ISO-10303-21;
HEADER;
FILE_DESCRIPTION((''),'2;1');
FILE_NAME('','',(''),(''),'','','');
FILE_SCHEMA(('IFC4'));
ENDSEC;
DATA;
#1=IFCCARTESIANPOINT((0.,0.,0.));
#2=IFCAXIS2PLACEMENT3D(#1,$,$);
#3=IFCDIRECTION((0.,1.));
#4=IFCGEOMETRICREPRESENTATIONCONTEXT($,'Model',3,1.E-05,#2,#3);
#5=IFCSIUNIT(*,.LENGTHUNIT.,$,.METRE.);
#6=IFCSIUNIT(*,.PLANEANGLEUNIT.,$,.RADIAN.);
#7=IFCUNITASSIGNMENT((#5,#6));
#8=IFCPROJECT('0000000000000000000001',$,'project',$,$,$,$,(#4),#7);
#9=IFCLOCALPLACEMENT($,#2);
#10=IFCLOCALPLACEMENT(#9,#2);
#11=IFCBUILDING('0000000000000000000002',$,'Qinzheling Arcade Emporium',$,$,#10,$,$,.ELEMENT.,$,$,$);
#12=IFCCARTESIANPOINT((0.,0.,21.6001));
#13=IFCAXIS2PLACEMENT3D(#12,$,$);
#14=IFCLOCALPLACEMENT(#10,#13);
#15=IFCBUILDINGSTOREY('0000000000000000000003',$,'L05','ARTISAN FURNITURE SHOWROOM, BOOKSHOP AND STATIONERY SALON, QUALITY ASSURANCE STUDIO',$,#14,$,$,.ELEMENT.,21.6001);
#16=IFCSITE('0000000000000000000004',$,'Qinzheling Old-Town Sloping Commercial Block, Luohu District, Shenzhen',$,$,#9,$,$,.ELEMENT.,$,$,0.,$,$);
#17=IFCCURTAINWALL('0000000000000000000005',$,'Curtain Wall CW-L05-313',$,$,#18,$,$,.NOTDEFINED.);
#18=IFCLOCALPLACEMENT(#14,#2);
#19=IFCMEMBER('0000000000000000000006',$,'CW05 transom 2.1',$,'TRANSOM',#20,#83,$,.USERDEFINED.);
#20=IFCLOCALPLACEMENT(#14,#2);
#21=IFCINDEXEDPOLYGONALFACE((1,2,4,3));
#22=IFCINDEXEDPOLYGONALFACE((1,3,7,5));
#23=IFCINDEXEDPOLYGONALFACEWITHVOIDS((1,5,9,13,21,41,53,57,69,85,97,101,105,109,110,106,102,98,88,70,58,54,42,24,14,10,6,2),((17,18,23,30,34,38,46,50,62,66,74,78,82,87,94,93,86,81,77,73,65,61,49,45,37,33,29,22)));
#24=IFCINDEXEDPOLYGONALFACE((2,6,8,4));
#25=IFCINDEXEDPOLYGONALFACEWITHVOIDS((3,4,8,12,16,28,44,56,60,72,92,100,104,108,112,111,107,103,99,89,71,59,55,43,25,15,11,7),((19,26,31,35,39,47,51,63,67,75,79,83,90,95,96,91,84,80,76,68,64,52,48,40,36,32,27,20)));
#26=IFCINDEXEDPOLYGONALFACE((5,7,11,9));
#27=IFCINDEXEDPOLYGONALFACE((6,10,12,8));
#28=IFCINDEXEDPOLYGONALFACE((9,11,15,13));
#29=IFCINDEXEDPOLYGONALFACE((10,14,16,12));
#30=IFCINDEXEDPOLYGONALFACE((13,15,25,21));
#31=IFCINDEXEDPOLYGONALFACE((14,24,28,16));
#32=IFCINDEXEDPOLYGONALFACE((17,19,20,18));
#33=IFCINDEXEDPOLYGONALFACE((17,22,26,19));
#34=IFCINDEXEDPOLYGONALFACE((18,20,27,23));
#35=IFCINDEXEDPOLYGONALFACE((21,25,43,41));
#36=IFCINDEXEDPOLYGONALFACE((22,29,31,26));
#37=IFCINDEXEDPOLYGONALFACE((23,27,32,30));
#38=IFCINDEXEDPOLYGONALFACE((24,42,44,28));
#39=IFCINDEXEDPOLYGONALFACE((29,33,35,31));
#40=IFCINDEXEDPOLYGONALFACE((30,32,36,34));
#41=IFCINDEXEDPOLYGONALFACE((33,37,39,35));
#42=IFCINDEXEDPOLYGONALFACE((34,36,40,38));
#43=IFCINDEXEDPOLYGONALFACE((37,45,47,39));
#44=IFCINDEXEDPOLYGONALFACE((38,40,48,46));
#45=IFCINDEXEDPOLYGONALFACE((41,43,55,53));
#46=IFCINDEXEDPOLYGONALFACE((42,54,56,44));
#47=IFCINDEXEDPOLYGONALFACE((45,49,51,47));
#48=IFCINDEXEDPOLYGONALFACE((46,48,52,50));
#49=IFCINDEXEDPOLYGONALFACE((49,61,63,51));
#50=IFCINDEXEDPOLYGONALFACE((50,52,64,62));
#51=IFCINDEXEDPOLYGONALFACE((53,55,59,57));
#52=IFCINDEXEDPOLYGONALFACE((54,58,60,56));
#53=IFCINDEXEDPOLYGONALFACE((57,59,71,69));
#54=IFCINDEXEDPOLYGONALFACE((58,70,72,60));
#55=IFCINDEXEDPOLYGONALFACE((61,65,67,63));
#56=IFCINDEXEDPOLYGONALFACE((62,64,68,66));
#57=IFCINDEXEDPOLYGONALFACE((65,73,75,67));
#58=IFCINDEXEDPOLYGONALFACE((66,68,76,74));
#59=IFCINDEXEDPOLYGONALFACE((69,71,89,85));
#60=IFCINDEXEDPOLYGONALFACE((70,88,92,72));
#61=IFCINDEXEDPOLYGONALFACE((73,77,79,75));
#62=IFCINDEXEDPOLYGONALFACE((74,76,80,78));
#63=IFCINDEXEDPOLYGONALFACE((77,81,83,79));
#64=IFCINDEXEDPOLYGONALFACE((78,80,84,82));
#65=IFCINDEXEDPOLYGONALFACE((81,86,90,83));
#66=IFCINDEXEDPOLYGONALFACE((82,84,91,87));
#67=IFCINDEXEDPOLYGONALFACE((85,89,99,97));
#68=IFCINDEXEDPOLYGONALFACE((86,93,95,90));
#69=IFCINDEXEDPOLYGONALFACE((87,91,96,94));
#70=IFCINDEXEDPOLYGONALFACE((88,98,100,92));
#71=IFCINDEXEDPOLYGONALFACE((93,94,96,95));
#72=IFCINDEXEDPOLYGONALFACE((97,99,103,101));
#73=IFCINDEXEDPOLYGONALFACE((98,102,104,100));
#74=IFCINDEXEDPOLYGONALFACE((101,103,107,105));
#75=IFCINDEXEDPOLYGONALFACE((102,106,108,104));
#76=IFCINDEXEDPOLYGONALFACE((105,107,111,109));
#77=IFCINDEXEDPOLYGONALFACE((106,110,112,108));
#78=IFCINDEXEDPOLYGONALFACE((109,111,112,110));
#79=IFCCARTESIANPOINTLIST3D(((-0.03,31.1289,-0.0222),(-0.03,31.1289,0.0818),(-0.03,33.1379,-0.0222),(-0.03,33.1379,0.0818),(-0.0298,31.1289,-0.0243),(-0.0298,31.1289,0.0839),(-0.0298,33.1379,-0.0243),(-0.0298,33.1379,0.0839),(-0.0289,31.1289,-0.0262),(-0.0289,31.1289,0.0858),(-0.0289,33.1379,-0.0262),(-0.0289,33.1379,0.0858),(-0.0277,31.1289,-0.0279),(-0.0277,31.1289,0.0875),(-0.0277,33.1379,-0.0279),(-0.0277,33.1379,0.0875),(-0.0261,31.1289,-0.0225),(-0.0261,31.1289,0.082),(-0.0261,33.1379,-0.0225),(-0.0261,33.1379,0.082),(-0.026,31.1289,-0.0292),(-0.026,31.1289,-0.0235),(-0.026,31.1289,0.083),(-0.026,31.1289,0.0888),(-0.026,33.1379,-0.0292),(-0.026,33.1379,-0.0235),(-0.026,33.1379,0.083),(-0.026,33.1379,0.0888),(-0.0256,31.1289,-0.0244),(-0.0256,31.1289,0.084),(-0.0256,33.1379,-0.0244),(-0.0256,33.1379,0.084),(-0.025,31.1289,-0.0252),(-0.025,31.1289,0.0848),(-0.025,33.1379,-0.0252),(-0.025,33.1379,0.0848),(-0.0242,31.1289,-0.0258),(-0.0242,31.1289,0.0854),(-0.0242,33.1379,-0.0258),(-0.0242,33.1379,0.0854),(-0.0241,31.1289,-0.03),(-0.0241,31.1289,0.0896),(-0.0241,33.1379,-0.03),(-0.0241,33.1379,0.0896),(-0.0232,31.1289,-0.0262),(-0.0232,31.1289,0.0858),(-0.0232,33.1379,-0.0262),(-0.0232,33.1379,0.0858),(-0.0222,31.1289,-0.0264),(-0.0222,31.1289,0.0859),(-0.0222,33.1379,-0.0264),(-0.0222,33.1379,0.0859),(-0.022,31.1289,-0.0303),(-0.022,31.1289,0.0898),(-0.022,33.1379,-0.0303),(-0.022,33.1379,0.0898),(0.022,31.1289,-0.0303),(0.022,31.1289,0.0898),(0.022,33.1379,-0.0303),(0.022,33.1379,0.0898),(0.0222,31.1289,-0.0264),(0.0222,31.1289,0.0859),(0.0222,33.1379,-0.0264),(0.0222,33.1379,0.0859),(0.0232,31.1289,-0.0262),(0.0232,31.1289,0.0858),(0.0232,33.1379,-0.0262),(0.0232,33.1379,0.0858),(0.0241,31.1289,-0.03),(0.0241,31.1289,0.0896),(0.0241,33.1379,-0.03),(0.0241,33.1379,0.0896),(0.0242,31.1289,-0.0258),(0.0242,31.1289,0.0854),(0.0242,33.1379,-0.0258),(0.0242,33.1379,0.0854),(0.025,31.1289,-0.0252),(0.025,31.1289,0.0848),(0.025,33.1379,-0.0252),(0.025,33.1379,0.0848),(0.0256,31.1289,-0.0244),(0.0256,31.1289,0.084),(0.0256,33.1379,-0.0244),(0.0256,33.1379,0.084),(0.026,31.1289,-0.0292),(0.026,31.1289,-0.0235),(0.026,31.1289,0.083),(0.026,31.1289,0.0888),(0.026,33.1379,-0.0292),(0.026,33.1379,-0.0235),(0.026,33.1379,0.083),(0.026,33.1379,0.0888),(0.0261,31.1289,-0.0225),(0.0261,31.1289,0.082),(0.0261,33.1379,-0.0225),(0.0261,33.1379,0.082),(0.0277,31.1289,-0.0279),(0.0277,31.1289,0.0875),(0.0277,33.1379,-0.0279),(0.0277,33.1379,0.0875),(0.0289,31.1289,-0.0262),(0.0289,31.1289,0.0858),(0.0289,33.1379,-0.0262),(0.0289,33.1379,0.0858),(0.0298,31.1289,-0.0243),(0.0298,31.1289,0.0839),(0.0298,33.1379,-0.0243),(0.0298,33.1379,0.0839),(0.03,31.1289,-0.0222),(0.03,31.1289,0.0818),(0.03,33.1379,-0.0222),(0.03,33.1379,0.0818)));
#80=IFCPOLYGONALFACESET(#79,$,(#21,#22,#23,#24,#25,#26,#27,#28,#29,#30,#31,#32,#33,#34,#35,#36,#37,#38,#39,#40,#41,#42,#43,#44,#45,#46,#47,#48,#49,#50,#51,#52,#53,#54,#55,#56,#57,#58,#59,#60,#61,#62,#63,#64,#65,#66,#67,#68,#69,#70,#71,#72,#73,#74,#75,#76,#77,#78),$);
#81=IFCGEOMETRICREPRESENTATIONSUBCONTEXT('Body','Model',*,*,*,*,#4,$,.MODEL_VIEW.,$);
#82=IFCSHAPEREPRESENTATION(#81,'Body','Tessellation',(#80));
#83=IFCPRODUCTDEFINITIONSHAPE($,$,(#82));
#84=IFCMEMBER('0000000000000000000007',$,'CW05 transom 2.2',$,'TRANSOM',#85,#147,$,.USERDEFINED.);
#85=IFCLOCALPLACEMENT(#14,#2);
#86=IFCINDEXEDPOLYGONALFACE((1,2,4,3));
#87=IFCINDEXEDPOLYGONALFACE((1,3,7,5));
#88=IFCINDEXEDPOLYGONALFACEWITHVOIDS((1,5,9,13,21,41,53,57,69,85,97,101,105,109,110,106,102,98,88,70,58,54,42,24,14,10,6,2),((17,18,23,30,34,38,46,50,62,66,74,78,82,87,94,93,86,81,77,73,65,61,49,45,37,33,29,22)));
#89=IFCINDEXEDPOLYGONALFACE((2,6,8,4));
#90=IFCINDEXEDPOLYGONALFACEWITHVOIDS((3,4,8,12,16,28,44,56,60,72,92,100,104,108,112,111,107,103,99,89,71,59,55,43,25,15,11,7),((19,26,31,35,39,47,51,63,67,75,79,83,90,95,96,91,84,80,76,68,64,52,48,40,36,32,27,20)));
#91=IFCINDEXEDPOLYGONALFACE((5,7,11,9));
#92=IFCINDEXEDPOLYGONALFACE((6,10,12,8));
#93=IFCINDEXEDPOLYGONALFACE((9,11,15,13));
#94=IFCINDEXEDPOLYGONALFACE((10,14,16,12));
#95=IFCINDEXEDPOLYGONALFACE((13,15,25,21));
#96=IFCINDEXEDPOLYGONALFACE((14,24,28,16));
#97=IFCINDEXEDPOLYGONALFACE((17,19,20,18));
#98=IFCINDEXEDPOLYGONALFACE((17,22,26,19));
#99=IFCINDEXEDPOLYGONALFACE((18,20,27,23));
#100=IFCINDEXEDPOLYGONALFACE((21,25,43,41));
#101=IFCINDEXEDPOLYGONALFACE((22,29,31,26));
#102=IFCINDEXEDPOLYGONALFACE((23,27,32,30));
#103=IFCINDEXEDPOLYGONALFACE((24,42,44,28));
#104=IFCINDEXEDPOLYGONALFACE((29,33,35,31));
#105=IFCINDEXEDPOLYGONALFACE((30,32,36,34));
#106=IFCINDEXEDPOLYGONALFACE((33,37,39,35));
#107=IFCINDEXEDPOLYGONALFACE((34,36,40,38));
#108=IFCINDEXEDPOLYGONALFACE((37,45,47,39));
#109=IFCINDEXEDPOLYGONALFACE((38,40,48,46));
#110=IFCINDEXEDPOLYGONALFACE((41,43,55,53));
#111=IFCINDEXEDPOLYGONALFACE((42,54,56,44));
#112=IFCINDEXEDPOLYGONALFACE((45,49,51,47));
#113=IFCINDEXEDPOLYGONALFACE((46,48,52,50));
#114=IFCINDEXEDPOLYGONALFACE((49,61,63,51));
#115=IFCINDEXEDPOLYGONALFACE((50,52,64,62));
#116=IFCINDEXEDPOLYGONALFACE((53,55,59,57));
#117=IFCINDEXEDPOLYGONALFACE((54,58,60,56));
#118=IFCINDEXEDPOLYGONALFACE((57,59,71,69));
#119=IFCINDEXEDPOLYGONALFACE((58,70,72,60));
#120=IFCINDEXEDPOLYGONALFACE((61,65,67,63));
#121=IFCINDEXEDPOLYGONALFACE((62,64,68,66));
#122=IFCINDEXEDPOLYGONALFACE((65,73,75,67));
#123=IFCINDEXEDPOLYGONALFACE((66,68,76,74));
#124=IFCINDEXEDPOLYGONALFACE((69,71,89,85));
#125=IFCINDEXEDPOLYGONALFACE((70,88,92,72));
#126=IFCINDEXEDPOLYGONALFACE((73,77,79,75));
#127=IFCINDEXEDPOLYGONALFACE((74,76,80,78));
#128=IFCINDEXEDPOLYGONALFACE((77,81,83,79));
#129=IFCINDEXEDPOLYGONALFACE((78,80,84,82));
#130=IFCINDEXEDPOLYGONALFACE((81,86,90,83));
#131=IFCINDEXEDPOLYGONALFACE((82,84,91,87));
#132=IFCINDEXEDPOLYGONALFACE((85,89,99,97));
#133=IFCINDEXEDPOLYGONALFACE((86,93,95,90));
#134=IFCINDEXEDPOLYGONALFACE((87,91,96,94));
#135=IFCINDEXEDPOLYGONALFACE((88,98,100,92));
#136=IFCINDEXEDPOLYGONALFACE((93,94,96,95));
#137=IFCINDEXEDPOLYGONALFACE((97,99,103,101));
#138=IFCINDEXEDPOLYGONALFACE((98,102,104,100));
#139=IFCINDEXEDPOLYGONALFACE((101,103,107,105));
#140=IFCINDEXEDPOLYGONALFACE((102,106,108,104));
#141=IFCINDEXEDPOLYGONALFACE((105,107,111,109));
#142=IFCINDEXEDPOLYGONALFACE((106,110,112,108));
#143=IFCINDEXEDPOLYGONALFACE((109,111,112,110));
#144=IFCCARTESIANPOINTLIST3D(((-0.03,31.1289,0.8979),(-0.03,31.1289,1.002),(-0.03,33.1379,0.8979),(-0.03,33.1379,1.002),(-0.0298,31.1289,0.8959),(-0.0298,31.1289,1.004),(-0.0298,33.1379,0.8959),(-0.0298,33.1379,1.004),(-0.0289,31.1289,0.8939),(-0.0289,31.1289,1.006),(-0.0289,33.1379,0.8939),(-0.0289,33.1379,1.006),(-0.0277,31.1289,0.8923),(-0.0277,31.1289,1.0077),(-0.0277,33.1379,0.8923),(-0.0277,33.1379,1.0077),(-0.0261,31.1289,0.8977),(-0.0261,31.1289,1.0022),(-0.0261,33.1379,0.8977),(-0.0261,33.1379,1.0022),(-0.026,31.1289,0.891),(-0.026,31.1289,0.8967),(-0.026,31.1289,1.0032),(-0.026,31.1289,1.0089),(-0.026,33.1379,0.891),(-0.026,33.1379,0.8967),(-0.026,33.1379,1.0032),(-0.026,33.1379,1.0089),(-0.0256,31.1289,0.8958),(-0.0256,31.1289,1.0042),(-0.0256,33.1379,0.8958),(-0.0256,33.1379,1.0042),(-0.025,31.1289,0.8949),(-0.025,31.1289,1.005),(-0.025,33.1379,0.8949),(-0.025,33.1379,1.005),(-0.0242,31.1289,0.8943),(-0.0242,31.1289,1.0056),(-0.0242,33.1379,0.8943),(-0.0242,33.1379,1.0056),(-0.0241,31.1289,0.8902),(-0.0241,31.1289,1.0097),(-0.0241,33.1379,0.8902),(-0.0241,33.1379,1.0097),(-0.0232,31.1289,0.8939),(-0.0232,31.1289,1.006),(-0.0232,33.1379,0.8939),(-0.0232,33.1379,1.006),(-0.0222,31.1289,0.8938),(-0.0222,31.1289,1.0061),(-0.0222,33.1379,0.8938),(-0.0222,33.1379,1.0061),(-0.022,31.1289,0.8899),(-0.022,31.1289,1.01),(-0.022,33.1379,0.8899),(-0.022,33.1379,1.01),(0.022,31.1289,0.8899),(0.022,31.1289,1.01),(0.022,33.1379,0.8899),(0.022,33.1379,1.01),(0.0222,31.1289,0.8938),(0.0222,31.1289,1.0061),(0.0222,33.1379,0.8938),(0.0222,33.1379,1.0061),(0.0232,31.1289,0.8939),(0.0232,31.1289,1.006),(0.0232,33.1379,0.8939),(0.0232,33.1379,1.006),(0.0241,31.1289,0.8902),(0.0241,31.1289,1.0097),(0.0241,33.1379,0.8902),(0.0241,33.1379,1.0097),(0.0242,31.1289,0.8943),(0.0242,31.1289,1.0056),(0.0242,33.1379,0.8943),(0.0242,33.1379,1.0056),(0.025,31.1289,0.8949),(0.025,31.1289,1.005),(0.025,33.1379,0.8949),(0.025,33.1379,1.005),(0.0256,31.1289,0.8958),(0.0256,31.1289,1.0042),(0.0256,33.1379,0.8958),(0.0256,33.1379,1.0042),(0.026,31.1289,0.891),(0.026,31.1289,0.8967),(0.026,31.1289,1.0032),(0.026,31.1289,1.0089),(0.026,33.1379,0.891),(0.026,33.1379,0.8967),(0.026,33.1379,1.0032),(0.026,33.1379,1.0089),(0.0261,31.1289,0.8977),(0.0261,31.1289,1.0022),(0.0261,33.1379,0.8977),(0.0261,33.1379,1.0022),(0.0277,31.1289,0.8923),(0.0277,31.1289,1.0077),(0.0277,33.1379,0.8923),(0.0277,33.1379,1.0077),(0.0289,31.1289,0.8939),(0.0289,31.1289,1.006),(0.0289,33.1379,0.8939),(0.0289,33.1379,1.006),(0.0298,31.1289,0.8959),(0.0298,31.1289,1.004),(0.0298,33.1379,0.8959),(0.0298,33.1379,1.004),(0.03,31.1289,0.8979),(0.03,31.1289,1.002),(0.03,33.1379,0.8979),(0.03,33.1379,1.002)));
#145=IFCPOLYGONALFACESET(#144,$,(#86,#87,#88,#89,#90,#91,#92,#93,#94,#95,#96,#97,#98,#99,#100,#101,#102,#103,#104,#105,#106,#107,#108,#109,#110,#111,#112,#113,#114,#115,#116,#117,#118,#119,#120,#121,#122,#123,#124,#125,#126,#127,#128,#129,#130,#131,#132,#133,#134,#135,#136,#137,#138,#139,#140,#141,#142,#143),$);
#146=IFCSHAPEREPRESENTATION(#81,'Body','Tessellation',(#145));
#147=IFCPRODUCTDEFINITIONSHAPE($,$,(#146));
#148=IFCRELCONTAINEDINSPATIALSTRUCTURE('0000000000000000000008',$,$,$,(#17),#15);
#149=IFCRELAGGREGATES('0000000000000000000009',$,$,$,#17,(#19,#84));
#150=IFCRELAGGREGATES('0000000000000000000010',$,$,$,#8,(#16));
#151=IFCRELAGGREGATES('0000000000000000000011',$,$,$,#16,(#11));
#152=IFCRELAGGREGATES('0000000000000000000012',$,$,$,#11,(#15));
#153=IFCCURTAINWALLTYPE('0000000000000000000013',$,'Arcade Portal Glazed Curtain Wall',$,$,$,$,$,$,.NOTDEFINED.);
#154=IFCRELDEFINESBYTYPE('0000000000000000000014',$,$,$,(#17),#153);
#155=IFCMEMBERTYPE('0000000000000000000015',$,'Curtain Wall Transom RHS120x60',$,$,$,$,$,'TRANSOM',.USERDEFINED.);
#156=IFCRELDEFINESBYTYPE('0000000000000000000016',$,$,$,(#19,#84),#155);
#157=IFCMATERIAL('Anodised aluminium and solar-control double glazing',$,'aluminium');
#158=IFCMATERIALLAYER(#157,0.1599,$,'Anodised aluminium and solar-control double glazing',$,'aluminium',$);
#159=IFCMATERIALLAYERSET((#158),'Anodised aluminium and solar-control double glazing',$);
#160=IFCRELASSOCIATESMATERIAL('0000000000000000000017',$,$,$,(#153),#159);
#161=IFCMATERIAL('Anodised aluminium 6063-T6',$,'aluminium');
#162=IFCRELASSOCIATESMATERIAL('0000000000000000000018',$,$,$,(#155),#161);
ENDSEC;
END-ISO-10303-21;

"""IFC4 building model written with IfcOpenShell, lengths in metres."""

from ifc_helpers import new_model, si_unit, direction, frame, origin, origin_2d, place, context, subcontext, project, spatial, hollow_rectangle, extrude, material, layer, layer_set, material_profile, profile_set, type_object, element, aggregate, save


model = new_model("IFC4")

# Units and contexts
model_context = context("Model", 3, precision=1e-05, world=origin(), true_north=direction((0.0, 1.0)))
body_context = subcontext(model_context, "Body", "Model", "MODEL_VIEW")
ifc_project = project(units=[si_unit("LENGTHUNIT", "METRE"), si_unit("PLANEANGLEUNIT", "RADIAN")], contexts=[model_context])

# Site, building, storey
site_placement = place(None, origin())
site = spatial("IfcSite", under=ifc_project, at=site_placement, Name="Qinzheling Old-Town Sloping Commercial Block, Luohu District, Shenzhen", CompositionType="ELEMENT", RefElevation=0.0)
building_placement = place(site_placement, origin())
building = spatial("IfcBuilding", under=site, at=building_placement, Name="Qinzheling Arcade Emporium", CompositionType="ELEMENT")
storey_placement = place(building_placement, frame((0.0, 0.0, 21.6001)))
storey = spatial("IfcBuildingStorey", under=building, at=storey_placement, Name="L05", Description="ARTISAN FURNITURE SHOWROOM, BOOKSHOP AND STATIONERY SALON, QUALITY ASSURANCE STUDIO", CompositionType="ELEMENT", Elevation=21.6001)

# Shared definitions
ifc_material_1 = material(Name="Anodised aluminium and solar-control double glazing", Category="aluminium")
ifc_layer_1 = layer(ifc_material_1, 0.1599, Name="Anodised aluminium and solar-control double glazing", Category="aluminium")
ifc_layer_set_1 = layer_set([ifc_layer_1], Name="Anodised aluminium and solar-control double glazing")
curtain_wall_type = type_object("IfcCurtainWallType", Name="Arcade Portal Glazed Curtain Wall", PredefinedType="NOTDEFINED", material=ifc_layer_set_1)
ifc_material_2 = material(Name="Anodised aluminium 6063-T6", Category="aluminium")

# Curtain wall, members
curtain_wall_1_placement = place(storey_placement, origin())
curtain_wall_1 = element("IfcCurtainWall", 1, at=curtain_wall_1_placement, inside=storey, type_object=curtain_wall_type, Name="Curtain Wall CW-L05-313", PredefinedType="NOTDEFINED")
ifc_material_profile_1 = material_profile(ifc_material_2, hollow_rectangle(XDim=0.0601, YDim=0.1201, WallThickness=0.0039, InnerFilletRadius=0.0039, OuterFilletRadius=0.0081, at=origin_2d()), Name="RHS 120x60x4", Category="aluminium")
ifc_profile_set_1 = profile_set([ifc_material_profile_1], Name="Anodised aluminium 6063-T6")
member_type_1 = type_object("IfcMemberType", Name="Curtain Wall Transom RHS120x60", ElementType="TRANSOM", PredefinedType="USERDEFINED", material=ifc_profile_set_1)
member_1_placement = place(storey_placement, frame((0.0, 31.1289, 0.0298), z_axis=(0.0, 1.0, 0.0), x_axis=(-1.0, 0.0, 0.0)))
member_1 = element("IfcMember", 2, at=member_1_placement, type_object=member_type_1, Name="CW05 transom 2.1", ObjectType="TRANSOM", PredefinedType="USERDEFINED", context=body_context, shape_type="SweptSolid", body=[
    extrude(hollow_rectangle(XDim=0.0601, YDim=0.1201, WallThickness=0.0039, InnerFilletRadius=0.0039, OuterFilletRadius=0.0081, at=origin_2d()), origin(), (0.0, 0.0, 1.0), 2.009),
])
member_2_placement = place(storey_placement, frame((0.0, 31.1289, 0.95), z_axis=(0.0, 1.0, 0.0), x_axis=(-1.0, 0.0, 0.0)))
member_2 = element("IfcMember", 3, at=member_2_placement, type_object=member_type_1, Name="CW05 transom 2.2", ObjectType="TRANSOM", PredefinedType="USERDEFINED", context=body_context, shape_type="SweptSolid", body=[
    extrude(hollow_rectangle(XDim=0.0601, YDim=0.1201, WallThickness=0.0039, InnerFilletRadius=0.0039, OuterFilletRadius=0.0081, at=origin_2d()), origin(), (0.0, 0.0, 1.0), 2.009),
])
aggregate(curtain_wall_1, [member_1, member_2])

save(model, "model.ifc")
